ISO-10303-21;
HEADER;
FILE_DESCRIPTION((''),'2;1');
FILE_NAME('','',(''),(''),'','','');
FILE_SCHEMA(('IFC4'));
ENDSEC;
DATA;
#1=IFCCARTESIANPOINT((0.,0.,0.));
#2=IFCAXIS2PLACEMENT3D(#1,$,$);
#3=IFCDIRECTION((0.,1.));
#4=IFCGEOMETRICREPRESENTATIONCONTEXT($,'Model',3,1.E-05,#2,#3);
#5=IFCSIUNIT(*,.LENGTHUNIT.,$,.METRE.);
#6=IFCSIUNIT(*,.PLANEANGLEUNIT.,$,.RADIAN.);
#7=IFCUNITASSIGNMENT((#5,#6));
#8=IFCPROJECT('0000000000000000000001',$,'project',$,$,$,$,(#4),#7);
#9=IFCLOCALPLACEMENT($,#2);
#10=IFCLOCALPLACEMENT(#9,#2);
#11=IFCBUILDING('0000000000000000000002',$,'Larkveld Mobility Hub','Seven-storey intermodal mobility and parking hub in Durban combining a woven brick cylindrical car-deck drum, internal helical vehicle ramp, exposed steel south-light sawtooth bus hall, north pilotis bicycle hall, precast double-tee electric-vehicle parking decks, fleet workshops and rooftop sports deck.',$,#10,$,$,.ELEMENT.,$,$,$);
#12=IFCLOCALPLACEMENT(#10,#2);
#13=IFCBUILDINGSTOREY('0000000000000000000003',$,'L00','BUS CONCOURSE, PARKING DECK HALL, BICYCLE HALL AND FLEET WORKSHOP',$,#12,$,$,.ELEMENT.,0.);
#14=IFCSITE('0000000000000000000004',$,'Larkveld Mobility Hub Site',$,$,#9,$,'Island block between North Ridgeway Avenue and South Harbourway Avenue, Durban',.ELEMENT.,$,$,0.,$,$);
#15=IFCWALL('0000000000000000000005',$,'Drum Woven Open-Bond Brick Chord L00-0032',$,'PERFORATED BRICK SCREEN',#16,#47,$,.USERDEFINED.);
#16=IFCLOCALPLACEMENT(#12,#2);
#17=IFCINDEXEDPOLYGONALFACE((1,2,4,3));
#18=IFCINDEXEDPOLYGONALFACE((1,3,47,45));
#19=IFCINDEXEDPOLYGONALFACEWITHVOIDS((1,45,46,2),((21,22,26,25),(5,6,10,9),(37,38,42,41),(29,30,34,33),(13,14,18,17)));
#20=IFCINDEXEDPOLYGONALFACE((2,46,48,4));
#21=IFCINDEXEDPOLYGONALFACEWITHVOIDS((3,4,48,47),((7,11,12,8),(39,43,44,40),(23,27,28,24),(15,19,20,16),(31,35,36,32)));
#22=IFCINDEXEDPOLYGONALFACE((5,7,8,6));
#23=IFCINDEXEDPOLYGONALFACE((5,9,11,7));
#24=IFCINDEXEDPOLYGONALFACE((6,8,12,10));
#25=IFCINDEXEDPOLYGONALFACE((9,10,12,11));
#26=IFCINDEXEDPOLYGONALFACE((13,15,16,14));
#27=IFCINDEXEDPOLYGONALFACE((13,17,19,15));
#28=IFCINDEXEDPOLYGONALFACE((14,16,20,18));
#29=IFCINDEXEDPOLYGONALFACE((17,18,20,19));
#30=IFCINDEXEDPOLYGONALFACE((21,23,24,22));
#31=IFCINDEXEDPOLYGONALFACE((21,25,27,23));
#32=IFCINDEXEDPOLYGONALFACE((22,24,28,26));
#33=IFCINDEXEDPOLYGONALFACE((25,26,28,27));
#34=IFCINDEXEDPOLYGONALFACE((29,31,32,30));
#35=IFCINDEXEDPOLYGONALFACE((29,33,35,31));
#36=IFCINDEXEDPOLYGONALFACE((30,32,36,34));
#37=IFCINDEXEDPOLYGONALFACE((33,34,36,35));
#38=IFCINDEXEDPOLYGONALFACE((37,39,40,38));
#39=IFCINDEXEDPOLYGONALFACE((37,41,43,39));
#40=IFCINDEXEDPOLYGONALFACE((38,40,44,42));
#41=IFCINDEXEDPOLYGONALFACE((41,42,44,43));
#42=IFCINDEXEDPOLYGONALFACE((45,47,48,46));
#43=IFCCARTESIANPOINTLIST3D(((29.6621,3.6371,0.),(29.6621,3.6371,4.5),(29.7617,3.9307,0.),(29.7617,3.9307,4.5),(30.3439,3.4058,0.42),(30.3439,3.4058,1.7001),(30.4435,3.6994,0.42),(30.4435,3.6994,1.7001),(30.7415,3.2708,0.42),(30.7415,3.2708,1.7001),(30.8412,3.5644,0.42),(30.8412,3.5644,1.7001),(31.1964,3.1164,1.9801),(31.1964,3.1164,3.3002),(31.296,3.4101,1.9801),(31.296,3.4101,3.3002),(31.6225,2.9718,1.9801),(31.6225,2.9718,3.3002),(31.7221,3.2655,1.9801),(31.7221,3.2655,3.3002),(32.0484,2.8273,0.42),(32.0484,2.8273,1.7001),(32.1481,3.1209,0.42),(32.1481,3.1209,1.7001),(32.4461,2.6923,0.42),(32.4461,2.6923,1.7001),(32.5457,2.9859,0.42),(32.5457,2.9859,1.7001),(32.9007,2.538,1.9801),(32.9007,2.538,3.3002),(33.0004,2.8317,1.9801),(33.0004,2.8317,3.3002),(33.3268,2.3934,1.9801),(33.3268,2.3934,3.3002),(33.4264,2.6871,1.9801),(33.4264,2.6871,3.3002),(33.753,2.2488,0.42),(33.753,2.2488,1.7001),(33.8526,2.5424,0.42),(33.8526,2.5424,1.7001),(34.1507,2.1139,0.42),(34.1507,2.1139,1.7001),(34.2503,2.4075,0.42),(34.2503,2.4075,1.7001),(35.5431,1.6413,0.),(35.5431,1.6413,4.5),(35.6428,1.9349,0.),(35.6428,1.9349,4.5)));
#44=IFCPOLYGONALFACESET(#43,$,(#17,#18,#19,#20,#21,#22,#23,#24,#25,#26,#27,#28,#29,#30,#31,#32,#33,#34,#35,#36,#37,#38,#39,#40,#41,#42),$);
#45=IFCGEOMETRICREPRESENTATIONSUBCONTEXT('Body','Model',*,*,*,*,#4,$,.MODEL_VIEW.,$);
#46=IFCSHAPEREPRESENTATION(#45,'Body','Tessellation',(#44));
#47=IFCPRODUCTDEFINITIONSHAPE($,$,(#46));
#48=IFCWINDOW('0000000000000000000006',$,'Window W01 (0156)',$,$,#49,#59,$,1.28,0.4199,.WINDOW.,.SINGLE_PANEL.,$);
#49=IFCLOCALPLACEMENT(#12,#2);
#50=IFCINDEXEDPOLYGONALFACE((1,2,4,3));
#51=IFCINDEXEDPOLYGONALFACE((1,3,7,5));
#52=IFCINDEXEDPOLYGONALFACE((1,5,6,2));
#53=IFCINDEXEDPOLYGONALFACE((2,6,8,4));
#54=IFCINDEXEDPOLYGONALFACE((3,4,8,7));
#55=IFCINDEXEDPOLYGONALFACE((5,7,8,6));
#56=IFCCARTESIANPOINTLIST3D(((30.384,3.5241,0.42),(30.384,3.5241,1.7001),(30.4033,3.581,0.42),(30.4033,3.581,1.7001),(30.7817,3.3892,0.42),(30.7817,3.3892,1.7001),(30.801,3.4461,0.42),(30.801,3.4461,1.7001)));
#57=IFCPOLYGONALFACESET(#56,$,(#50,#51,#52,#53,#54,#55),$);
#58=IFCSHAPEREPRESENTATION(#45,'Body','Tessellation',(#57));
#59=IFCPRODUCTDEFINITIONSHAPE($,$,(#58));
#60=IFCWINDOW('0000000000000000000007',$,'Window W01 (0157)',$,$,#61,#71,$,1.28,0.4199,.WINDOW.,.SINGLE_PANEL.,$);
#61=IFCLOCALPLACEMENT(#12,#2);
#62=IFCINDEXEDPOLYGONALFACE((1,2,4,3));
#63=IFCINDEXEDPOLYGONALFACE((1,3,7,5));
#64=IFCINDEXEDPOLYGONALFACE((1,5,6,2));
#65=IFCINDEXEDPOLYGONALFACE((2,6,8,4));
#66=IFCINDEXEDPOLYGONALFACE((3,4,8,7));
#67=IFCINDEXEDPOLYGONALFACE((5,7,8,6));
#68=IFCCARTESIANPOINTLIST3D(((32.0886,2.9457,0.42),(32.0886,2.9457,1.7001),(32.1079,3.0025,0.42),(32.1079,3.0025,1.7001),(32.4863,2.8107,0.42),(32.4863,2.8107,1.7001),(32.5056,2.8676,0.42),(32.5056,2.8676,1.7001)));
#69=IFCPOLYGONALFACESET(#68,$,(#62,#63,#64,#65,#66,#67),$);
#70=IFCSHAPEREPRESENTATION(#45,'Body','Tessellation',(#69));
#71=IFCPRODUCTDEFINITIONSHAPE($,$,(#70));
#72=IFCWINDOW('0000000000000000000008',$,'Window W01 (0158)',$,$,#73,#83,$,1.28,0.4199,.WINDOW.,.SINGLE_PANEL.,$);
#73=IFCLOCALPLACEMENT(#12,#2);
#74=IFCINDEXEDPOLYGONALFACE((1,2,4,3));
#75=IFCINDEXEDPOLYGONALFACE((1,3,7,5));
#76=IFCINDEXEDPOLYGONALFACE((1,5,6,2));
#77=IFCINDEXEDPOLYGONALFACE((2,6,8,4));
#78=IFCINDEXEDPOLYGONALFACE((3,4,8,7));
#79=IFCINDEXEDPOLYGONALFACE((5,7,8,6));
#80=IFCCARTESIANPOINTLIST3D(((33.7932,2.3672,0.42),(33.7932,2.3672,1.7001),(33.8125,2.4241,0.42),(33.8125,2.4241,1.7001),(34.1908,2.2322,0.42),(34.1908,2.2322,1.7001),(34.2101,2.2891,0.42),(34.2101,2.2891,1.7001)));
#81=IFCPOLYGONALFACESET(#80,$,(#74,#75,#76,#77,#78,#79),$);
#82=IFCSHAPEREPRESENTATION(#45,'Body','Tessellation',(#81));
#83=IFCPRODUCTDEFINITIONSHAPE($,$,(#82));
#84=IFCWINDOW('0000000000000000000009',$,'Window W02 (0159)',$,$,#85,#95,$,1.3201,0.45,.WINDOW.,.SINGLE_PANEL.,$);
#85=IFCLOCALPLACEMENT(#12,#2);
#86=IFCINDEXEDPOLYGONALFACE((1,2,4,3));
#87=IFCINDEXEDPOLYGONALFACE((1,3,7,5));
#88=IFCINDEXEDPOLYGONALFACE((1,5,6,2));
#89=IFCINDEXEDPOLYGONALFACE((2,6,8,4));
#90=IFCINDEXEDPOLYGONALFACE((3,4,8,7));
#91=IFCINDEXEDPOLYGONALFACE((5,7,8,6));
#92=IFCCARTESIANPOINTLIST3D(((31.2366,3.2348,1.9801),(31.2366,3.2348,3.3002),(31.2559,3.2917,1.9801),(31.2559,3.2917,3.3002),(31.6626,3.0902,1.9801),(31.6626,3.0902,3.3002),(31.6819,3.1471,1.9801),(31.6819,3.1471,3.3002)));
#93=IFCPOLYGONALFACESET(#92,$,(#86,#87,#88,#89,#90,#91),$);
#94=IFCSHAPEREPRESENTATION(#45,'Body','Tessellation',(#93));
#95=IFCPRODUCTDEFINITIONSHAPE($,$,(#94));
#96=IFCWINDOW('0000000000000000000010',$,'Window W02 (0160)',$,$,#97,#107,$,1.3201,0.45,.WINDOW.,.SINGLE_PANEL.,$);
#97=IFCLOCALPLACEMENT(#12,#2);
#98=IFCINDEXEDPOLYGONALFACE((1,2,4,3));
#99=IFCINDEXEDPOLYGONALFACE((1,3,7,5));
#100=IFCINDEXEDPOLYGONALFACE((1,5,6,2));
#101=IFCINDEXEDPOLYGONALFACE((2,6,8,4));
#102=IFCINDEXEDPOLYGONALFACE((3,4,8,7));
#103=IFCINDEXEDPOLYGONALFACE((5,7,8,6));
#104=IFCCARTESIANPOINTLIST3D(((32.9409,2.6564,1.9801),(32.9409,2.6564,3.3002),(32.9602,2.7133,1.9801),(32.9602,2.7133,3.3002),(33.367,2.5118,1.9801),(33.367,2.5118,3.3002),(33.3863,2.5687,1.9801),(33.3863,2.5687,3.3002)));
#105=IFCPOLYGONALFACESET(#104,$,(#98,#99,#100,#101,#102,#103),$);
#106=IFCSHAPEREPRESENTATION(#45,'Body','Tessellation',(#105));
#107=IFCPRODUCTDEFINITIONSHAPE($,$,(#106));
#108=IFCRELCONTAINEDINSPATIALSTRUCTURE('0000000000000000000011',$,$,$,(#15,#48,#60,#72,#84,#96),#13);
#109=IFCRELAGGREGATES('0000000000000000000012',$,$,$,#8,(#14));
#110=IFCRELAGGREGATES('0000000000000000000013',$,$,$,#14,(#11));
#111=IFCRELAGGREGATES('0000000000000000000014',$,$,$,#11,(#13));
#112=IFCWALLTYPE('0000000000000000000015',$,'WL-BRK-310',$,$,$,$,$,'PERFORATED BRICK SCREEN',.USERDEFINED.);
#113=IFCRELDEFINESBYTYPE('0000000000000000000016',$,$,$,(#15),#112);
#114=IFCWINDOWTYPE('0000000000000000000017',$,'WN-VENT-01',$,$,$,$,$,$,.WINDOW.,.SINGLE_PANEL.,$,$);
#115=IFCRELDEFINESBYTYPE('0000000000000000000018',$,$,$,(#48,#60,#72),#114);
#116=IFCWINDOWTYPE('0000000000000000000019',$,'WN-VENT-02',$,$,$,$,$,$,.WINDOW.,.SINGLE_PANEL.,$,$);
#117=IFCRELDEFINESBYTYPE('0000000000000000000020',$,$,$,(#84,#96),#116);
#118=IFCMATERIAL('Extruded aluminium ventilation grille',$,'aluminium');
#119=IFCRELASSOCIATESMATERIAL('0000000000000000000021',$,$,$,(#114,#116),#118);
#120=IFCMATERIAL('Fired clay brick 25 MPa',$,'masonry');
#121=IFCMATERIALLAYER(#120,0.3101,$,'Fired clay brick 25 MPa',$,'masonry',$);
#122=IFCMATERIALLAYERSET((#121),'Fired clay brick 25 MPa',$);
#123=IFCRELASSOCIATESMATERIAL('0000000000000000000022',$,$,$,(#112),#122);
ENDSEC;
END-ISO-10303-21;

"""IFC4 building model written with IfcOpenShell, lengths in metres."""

from ifc_helpers import new_model, si_unit, direction, frame, frame_2d, origin, place, context, subcontext, project, spatial, rectangle, extrude, material, layer, layer_set, type_object, element, fill, save


model = new_model("IFC4")

# Units and contexts
model_context = context("Model", 3, precision=1e-05, world=origin(), true_north=direction((0.0, 1.0)))
body_context = subcontext(model_context, "Body", "Model", "MODEL_VIEW")
ifc_project = project(units=[si_unit("LENGTHUNIT", "METRE"), si_unit("PLANEANGLEUNIT", "RADIAN")], contexts=[model_context])

# Site, building, storey
site_placement = place(None, origin())
site = spatial("IfcSite", under=ifc_project, at=site_placement, Name="Larkveld Mobility Hub Site", LongName="Island block between North Ridgeway Avenue and South Harbourway Avenue, Durban", CompositionType="ELEMENT", RefElevation=0.0)
building_placement = place(site_placement, origin())
building = spatial("IfcBuilding", under=site, at=building_placement, Name="Larkveld Mobility Hub", Description="Seven-storey intermodal mobility and parking hub in Durban combining a woven brick cylindrical car-deck drum, internal helical vehicle ramp, exposed steel south-light sawtooth bus hall, north pilotis bicycle hall, precast double-tee electric-vehicle parking decks, fleet workshops and rooftop sports deck.", CompositionType="ELEMENT")
storey_placement = place(building_placement, origin())
storey = spatial("IfcBuildingStorey", under=building, at=storey_placement, Name="L00", Description="BUS CONCOURSE, PARKING DECK HALL, BICYCLE HALL AND FLEET WORKSHOP", CompositionType="ELEMENT", Elevation=0.0)

# Wall, openings, windows
ifc_material_1 = material(Name="Fired clay brick 25 MPa", Category="masonry")
ifc_material_2 = material(Name="Extruded aluminium ventilation grille", Category="aluminium")
window_type_1 = type_object("IfcWindowType", Name="WN-VENT-01", PartitioningType="SINGLE_PANEL", PredefinedType="WINDOW", material=ifc_material_2)
ifc_layer_1 = layer(ifc_material_1, 0.3101, Name="Fired clay brick 25 MPa", Category="masonry")
ifc_layer_set_1 = layer_set([ifc_layer_1], Name="Fired clay brick 25 MPa")
wall_type_1 = type_object("IfcWallType", Name="WL-BRK-310", ElementType="PERFORATED BRICK SCREEN", PredefinedType="USERDEFINED", material=ifc_layer_set_1)
wall_1_placement = place(storey_placement, frame((29.7119, 3.7839, 0.0), z_axis=(0.0, 0.0, 1.0), x_axis=(0.946955, -0.321365, 0.0)))
wall_1 = element("IfcWall", 1, at=wall_1_placement, inside=storey, type_object=wall_type_1, Name="Drum Woven Open-Bond Brick Chord L00-0032", ObjectType="PERFORATED BRICK SCREEN", PredefinedType="USERDEFINED", context=body_context, shape_type="SweptSolid", body=[
    extrude(rectangle(XDim=6.2104, YDim=0.3101, at=frame_2d((3.1052, 0.0))), origin(), (0.0, 0.0, 1.0), 4.5),
])
opening_1_placement = place(wall_1_placement, frame((0.72, 0.0, 0.4199)))
opening_1 = element("IfcOpeningElement", 2, at=opening_1_placement, cuts=wall_1, PredefinedType="OPENING", context=body_context, shape_type="SweptSolid", body=[
    extrude(rectangle(XDim=0.4199, YDim=1.28, at=frame_2d((0.21, 0.6401))), frame((0.0, 0.165, 0.0), z_axis=(0.0, -1.0, 0.0), x_axis=(1.0, 0.0, 0.0)), (0.0, 0.0, 1.0), 0.3301),
])
opening_2_placement = place(wall_1_placement, frame((2.52, 0.0, 0.4199)))
opening_2 = element("IfcOpeningElement", 3, at=opening_2_placement, cuts=wall_1, PredefinedType="OPENING", context=body_context, shape_type="SweptSolid", body=[
    extrude(rectangle(XDim=0.4199, YDim=1.28, at=frame_2d((0.21, 0.6401))), frame((0.0, 0.165, 0.0), z_axis=(0.0, -1.0, 0.0), x_axis=(1.0, 0.0, 0.0)), (0.0, 0.0, 1.0), 0.3301),
])
opening_3_placement = place(wall_1_placement, frame((4.3201, 0.0, 0.4199)))
opening_3 = element("IfcOpeningElement", 4, at=opening_3_placement, cuts=wall_1, PredefinedType="OPENING", context=body_context, shape_type="SweptSolid", body=[
    extrude(rectangle(XDim=0.4199, YDim=1.28, at=frame_2d((0.21, 0.6401))), frame((0.0, 0.165, 0.0), z_axis=(0.0, -1.0, 0.0), x_axis=(1.0, 0.0, 0.0)), (0.0, 0.0, 1.0), 0.3301),
])
opening_4_placement = place(wall_1_placement, frame((1.6201, 0.0, 1.98)))
opening_4 = element("IfcOpeningElement", 5, at=opening_4_placement, cuts=wall_1, PredefinedType="OPENING", context=body_context, shape_type="SweptSolid", body=[
    extrude(rectangle(XDim=0.45, YDim=1.3201, at=frame_2d((0.2251, 0.6602))), frame((0.0, 0.165, 0.0), z_axis=(0.0, -1.0, 0.0), x_axis=(1.0, 0.0, 0.0)), (0.0, 0.0, 1.0), 0.3301),
])
opening_5_placement = place(wall_1_placement, frame((3.4199, 0.0, 1.98)))
opening_5 = element("IfcOpeningElement", 6, at=opening_5_placement, cuts=wall_1, PredefinedType="OPENING", context=body_context, shape_type="SweptSolid", body=[
    extrude(rectangle(XDim=0.45, YDim=1.3201, at=frame_2d((0.2251, 0.6602))), frame((0.0, 0.165, 0.0), z_axis=(0.0, -1.0, 0.0), x_axis=(1.0, 0.0, 0.0)), (0.0, 0.0, 1.0), 0.3301),
])
window_1_placement = place(opening_1_placement, origin())
window_1 = element("IfcWindow", 7, at=window_1_placement, inside=storey, type_object=window_type_1, Name="Window W01 (0156)", OverallHeight=1.28, OverallWidth=0.4199, PartitioningType="SINGLE_PANEL", PredefinedType="WINDOW", context=body_context, shape_type="SweptSolid", body=[
    extrude(rectangle(XDim=0.4199, YDim=1.28, at=frame_2d((0.21, 0.6401))), frame((0.0, 0.03, 0.0), z_axis=(0.0, -1.0, 0.0), x_axis=(1.0, 0.0, 0.0)), (0.0, 0.0, 1.0), 0.0601),
])
fill(opening_1, window_1)
window_2_placement = place(opening_2_placement, origin())
window_2 = element("IfcWindow", 8, at=window_2_placement, inside=storey, type_object=window_type_1, Name="Window W01 (0157)", OverallHeight=1.28, OverallWidth=0.4199, PartitioningType="SINGLE_PANEL", PredefinedType="WINDOW", context=body_context, shape_type="SweptSolid", body=[
    extrude(rectangle(XDim=0.4199, YDim=1.28, at=frame_2d((0.21, 0.6401))), frame((0.0, 0.03, 0.0), z_axis=(0.0, -1.0, 0.0), x_axis=(1.0, 0.0, 0.0)), (0.0, 0.0, 1.0), 0.0601),
])
fill(opening_2, window_2)
window_3_placement = place(opening_3_placement, origin())
window_3 = element("IfcWindow", 9, at=window_3_placement, inside=storey, type_object=window_type_1, Name="Window W01 (0158)", OverallHeight=1.28, OverallWidth=0.4199, PartitioningType="SINGLE_PANEL", PredefinedType="WINDOW", context=body_context, shape_type="SweptSolid", body=[
    extrude(rectangle(XDim=0.4199, YDim=1.28, at=frame_2d((0.21, 0.6401))), frame((0.0, 0.03, 0.0), z_axis=(0.0, -1.0, 0.0), x_axis=(1.0, 0.0, 0.0)), (0.0, 0.0, 1.0), 0.0601),
])
fill(opening_3, window_3)
window_type_2 = type_object("IfcWindowType", Name="WN-VENT-02", PartitioningType="SINGLE_PANEL", PredefinedType="WINDOW", material=ifc_material_2)
window_4_placement = place(opening_4_placement, origin())
window_4 = element("IfcWindow", 10, at=window_4_placement, inside=storey, type_object=window_type_2, Name="Window W02 (0159)", OverallHeight=1.3201, OverallWidth=0.45, PartitioningType="SINGLE_PANEL", PredefinedType="WINDOW", context=body_context, shape_type="SweptSolid", body=[
    extrude(rectangle(XDim=0.45, YDim=1.3201, at=frame_2d((0.2251, 0.6602))), frame((0.0, 0.03, 0.0), z_axis=(0.0, -1.0, 0.0), x_axis=(1.0, 0.0, 0.0)), (0.0, 0.0, 1.0), 0.0601),
])
fill(opening_4, window_4)
window_5_placement = place(opening_5_placement, origin())
window_5 = element("IfcWindow", 11, at=window_5_placement, inside=storey, type_object=window_type_2, Name="Window W02 (0160)", OverallHeight=1.3201, OverallWidth=0.45, PartitioningType="SINGLE_PANEL", PredefinedType="WINDOW", context=body_context, shape_type="SweptSolid", body=[
    extrude(rectangle(XDim=0.45, YDim=1.3201, at=frame_2d((0.2251, 0.6602))), frame((0.0, 0.03, 0.0), z_axis=(0.0, -1.0, 0.0), x_axis=(1.0, 0.0, 0.0)), (0.0, 0.0, 1.0), 0.0601),
])
fill(opening_5, window_5)

save(model, "model.ifc")
